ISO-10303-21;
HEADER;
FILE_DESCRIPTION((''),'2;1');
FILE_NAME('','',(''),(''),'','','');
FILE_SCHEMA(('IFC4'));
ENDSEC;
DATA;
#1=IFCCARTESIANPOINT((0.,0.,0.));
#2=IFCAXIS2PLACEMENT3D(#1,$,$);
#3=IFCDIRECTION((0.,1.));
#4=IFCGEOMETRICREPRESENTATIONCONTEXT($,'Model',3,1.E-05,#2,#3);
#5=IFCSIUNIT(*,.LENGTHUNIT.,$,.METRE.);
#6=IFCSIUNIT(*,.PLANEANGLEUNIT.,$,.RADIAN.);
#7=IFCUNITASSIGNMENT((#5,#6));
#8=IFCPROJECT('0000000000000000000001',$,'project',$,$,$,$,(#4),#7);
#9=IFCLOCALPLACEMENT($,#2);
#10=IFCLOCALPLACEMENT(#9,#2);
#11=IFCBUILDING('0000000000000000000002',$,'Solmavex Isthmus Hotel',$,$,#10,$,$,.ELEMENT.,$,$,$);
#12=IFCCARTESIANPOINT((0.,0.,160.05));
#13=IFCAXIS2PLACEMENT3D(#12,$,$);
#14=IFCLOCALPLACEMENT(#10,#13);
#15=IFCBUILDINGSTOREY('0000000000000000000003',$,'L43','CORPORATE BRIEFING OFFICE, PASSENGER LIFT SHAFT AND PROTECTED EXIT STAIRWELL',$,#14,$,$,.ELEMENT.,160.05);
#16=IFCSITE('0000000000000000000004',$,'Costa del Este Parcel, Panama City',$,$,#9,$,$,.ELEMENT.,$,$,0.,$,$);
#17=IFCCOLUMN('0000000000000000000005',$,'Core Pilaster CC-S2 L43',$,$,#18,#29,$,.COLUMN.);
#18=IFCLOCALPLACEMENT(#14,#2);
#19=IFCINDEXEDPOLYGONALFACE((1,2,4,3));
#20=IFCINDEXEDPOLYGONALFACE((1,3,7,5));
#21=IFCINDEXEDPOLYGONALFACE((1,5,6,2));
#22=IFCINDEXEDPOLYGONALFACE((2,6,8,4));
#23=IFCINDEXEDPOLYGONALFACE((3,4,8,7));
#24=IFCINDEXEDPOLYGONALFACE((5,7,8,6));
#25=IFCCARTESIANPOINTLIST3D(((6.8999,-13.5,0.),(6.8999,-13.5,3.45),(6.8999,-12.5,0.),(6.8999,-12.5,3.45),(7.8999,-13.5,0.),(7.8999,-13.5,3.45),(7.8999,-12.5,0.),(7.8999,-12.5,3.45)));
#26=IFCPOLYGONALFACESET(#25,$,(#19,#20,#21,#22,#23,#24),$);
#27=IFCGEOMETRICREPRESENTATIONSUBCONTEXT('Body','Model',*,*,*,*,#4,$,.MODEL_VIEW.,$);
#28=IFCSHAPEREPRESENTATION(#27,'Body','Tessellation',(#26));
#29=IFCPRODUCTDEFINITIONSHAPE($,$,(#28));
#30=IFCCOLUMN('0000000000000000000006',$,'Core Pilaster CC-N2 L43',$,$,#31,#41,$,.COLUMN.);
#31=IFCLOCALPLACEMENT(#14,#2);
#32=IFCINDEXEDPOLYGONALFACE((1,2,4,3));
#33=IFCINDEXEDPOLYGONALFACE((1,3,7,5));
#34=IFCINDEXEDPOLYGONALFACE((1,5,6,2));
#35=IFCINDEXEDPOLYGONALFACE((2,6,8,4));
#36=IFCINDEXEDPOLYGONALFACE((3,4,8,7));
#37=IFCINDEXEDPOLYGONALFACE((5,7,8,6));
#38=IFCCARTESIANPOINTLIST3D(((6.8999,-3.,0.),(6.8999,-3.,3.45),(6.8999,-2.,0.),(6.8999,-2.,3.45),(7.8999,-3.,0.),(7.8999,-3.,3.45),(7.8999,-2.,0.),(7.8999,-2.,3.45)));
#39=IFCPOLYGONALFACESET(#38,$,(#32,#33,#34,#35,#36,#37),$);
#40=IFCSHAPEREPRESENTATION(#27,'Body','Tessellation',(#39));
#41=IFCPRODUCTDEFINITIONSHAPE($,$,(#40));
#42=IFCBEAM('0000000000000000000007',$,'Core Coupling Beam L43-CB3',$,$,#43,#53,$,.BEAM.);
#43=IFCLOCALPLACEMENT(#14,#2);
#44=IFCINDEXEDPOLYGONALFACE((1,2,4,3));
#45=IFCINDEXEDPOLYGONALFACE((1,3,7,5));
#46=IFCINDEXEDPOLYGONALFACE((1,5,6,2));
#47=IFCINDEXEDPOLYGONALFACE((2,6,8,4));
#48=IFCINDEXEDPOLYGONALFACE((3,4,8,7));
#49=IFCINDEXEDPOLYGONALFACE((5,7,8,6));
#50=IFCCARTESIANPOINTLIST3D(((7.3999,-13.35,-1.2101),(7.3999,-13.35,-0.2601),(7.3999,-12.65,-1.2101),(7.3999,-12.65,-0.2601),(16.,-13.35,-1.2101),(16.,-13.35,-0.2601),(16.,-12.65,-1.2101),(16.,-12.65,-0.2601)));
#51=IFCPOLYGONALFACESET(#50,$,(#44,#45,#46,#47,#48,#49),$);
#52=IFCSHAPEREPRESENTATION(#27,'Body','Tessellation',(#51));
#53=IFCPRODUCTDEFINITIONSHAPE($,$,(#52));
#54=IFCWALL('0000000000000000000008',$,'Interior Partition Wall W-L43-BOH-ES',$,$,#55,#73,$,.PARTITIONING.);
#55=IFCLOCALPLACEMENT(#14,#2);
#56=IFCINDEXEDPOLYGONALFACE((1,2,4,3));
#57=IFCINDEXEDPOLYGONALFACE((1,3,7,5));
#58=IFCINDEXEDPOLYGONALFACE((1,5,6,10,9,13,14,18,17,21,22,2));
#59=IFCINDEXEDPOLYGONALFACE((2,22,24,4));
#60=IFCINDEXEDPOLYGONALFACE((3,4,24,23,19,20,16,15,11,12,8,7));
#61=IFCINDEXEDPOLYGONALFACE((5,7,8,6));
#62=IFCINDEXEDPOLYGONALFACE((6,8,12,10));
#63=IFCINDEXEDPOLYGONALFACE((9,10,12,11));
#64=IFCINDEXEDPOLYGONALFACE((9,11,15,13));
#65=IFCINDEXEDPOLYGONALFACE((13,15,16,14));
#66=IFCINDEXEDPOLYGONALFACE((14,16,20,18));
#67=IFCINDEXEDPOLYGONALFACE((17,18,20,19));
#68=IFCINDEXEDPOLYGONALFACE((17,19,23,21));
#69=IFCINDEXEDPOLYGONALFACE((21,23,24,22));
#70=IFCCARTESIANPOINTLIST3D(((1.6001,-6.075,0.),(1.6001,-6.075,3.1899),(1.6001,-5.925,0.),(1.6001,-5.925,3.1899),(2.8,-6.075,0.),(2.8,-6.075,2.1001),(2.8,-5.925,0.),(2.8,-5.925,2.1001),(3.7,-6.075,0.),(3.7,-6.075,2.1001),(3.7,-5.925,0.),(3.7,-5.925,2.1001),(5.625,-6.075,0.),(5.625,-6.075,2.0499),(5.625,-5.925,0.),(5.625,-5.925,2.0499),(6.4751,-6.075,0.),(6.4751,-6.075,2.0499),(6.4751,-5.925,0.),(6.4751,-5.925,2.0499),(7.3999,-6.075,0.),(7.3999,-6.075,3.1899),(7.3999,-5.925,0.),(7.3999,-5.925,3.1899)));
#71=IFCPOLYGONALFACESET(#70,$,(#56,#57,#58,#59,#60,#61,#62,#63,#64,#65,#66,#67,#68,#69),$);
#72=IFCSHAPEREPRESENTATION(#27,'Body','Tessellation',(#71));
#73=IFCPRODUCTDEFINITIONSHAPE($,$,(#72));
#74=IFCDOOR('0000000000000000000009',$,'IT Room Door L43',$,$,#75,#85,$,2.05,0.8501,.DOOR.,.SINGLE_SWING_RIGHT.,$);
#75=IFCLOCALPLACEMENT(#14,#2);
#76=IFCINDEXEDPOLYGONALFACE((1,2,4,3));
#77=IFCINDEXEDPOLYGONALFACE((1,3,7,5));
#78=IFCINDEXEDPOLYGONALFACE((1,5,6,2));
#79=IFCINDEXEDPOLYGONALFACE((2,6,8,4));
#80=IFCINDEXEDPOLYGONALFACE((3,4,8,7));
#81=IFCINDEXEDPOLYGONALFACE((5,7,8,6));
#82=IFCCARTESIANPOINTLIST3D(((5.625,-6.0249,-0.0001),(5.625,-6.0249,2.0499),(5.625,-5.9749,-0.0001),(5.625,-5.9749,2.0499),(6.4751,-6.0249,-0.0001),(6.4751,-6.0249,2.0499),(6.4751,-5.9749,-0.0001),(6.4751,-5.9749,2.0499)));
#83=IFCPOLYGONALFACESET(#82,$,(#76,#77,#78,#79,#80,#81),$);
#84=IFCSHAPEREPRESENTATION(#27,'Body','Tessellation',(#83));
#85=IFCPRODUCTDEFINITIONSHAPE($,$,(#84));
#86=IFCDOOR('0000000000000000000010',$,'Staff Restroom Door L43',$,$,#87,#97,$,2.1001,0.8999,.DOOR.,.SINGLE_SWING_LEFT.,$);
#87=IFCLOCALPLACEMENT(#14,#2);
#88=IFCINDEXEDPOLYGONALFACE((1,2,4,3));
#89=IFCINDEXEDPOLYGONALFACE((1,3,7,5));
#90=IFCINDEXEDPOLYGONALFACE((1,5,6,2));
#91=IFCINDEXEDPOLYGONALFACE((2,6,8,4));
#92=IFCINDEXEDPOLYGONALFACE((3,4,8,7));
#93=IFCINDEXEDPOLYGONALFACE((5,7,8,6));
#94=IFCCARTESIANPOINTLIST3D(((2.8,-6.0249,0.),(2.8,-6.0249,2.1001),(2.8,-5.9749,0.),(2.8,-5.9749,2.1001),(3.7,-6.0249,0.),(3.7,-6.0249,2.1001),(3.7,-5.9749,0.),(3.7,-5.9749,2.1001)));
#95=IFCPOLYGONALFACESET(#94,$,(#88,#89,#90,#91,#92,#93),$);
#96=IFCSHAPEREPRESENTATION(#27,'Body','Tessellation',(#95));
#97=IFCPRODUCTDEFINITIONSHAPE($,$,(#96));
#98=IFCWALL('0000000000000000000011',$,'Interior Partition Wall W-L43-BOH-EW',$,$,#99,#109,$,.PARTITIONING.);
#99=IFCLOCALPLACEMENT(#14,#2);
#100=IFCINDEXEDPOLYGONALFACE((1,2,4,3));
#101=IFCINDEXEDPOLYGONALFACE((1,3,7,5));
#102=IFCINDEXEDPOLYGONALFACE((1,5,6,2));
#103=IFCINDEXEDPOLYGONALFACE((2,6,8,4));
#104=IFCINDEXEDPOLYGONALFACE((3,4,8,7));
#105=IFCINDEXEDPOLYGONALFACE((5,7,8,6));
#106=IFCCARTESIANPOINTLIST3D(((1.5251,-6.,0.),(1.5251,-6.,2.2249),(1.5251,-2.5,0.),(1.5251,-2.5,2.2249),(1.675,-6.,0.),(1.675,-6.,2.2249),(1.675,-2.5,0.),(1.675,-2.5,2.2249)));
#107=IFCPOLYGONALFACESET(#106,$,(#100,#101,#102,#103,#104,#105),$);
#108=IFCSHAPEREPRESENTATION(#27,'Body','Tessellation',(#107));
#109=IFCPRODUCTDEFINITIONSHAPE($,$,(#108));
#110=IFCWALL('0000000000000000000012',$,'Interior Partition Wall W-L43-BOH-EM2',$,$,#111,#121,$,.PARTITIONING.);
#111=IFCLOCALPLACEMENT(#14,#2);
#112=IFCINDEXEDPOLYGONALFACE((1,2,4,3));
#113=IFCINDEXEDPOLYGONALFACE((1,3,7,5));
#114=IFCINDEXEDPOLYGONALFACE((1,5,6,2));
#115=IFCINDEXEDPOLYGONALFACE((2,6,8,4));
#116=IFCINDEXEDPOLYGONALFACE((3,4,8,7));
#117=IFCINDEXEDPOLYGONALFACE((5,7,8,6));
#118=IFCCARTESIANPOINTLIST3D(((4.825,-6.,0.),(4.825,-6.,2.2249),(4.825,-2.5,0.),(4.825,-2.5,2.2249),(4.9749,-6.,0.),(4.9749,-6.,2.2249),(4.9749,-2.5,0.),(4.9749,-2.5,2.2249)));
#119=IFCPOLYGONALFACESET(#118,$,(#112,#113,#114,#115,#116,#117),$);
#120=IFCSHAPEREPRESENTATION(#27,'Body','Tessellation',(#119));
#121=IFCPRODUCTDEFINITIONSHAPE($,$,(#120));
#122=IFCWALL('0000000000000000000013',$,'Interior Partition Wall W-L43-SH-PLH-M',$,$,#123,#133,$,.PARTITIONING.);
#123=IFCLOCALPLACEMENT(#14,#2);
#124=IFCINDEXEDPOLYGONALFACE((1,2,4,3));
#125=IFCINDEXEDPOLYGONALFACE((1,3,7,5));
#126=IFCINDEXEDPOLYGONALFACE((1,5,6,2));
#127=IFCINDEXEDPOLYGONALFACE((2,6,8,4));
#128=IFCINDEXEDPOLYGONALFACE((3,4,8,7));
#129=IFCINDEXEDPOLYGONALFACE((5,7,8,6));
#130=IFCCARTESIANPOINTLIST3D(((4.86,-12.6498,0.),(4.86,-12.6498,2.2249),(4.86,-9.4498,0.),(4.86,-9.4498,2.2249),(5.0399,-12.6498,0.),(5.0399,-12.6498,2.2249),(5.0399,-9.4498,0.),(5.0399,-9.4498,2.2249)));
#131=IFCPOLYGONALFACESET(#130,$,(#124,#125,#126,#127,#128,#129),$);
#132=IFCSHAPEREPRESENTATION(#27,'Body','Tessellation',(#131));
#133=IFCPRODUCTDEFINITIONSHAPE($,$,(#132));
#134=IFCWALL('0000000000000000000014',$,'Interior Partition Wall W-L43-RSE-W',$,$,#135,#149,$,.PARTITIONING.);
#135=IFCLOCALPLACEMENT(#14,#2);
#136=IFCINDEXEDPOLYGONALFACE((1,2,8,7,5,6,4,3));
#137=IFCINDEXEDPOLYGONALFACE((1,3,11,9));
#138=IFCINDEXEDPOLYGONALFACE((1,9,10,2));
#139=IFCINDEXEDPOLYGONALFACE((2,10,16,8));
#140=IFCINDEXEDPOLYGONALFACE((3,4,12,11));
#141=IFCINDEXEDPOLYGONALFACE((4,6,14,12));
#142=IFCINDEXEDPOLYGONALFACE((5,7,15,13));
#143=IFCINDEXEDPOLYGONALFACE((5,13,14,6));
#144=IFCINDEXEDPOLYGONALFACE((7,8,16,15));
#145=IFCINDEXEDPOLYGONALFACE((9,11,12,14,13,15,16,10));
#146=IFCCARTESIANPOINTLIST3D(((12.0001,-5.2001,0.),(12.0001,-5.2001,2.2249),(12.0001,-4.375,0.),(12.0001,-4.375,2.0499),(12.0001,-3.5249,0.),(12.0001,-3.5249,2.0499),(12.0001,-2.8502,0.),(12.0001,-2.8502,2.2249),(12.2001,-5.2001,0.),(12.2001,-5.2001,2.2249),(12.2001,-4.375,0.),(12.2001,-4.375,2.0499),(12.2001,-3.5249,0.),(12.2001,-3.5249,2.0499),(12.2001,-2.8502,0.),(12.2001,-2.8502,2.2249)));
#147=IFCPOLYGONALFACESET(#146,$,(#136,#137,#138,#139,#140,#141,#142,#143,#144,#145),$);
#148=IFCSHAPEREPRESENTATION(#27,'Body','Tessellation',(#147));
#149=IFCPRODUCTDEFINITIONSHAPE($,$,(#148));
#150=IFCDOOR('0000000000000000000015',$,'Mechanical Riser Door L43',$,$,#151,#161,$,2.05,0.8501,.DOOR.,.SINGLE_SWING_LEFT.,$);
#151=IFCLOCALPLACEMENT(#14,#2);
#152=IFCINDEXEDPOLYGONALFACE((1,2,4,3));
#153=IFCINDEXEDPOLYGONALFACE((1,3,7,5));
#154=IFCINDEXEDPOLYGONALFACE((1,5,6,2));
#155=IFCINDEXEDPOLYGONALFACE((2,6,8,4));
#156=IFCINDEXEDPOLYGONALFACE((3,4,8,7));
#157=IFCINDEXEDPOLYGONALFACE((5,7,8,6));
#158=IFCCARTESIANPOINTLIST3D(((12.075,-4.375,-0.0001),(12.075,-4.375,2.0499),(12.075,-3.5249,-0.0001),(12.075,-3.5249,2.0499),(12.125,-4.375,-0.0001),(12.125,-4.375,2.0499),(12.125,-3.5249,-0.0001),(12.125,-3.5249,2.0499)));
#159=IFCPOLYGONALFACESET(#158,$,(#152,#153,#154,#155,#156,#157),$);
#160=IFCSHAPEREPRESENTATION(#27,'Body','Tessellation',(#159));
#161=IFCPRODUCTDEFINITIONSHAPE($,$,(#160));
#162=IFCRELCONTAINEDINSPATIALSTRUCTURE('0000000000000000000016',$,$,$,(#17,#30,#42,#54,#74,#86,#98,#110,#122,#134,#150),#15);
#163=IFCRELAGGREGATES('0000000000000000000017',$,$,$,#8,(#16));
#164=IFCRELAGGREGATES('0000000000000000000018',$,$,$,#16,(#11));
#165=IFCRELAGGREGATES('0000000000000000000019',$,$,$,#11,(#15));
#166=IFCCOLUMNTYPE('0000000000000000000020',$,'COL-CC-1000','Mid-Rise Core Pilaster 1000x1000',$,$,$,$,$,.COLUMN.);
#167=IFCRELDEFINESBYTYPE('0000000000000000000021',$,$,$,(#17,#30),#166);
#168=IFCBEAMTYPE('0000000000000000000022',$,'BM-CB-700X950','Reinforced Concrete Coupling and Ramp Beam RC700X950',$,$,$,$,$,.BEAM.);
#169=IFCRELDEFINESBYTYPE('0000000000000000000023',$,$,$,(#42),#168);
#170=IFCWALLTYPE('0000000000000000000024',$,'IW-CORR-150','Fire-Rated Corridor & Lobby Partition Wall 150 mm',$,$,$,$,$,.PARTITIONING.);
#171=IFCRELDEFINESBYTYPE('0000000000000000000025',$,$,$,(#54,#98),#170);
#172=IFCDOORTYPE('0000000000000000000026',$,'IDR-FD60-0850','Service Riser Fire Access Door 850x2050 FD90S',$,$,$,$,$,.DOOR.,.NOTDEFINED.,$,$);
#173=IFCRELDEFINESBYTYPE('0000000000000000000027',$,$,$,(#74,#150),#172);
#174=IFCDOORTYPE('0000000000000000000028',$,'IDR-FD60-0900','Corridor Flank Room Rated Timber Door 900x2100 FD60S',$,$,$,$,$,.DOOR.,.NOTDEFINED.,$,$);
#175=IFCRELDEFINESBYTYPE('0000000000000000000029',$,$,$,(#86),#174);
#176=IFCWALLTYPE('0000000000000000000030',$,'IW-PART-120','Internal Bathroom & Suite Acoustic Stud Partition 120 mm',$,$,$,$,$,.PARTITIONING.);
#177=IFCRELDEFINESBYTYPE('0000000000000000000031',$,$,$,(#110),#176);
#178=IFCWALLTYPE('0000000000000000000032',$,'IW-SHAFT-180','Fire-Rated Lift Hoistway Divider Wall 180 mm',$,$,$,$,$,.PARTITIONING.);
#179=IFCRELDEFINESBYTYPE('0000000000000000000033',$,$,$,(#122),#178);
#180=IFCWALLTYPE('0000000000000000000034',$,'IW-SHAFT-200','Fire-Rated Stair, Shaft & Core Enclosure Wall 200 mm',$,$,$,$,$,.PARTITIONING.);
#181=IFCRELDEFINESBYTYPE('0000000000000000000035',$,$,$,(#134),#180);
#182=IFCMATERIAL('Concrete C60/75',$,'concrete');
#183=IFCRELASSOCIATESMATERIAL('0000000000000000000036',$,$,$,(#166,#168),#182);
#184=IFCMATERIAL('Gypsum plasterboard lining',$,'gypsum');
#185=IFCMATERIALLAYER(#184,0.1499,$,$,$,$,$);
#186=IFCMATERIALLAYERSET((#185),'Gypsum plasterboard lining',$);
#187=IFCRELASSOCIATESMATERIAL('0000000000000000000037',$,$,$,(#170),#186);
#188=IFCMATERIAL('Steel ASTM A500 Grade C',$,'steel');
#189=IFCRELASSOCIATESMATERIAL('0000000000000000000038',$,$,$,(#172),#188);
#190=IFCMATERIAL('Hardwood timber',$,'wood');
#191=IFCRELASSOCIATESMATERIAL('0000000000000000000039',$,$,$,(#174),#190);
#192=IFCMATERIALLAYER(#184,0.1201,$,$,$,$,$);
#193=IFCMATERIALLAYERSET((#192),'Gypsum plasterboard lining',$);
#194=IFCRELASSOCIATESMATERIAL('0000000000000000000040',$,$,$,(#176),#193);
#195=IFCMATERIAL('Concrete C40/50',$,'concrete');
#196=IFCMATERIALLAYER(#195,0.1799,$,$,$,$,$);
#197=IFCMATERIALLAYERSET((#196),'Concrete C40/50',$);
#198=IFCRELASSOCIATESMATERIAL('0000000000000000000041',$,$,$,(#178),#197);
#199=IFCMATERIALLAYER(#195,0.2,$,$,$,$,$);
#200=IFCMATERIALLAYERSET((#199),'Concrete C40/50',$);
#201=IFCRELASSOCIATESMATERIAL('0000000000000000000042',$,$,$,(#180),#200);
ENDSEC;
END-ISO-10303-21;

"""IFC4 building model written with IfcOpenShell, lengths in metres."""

from ifc_helpers import new_model, si_unit, direction, frame, frame_2d, origin, origin_2d, place, context, subcontext, project, spatial, rectangle, extrude, material, layer, layer_set, material_profile, profile_set, type_object, element, fill, save


model = new_model("IFC4")

# Units and contexts
model_context = context("Model", 3, precision=1e-05, world=origin(), true_north=direction((0.0, 1.0)))
body_context = subcontext(model_context, "Body", "Model", "MODEL_VIEW")
ifc_project = project(units=[si_unit("LENGTHUNIT", "METRE"), si_unit("PLANEANGLEUNIT", "RADIAN")], contexts=[model_context])

# Site, building, storey
site_placement = place(None, origin())
site = spatial("IfcSite", under=ifc_project, at=site_placement, Name="Costa del Este Parcel, Panama City", CompositionType="ELEMENT", RefElevation=0.0)
building_placement = place(site_placement, origin())
building = spatial("IfcBuilding", under=site, at=building_placement, Name="Solmavex Isthmus Hotel", CompositionType="ELEMENT")
storey_placement = place(building_placement, frame((0.0, 0.0, 160.05)))
storey = spatial("IfcBuildingStorey", under=building, at=storey_placement, Name="L43", Description="CORPORATE BRIEFING OFFICE, PASSENGER LIFT SHAFT AND PROTECTED EXIT STAIRWELL", CompositionType="ELEMENT", Elevation=160.05)

# Columns
ifc_material_1 = material(Name="Concrete C60/75", Category="concrete")
ifc_material_profile_1 = material_profile(ifc_material_1, rectangle(XDim=1.0, YDim=1.0, at=origin_2d()), Name="RC1000X1000")
ifc_profile_set_1 = profile_set([ifc_material_profile_1], Name="Concrete C60/75")
column_type = type_object("IfcColumnType", Name="COL-CC-1000", Description="Mid-Rise Core Pilaster 1000x1000", PredefinedType="COLUMN", material=ifc_profile_set_1)
for number, where, z_axis, x_axis, name in (
    (1, (7.3999, -13.0, 0.0), (0.0, 0.0, 1.0), (1.0, 0.0, 0.0), "Core Pilaster CC-S2 L43"),
    (2, (7.3999, -2.5, 0.0), (0.0, 0.0, 1.0), (1.0, 0.0, 0.0), "Core Pilaster CC-N2 L43"),
):
    element("IfcColumn", number, at=place(storey_placement, frame(where, z_axis=z_axis, x_axis=x_axis)), inside=storey, type_object=column_type, Name=name, PredefinedType="COLUMN", context=body_context, shape_type="SweptSolid", body=[
        extrude(rectangle(XDim=1.0, YDim=1.0, at=origin_2d()), origin(), (0.0, 0.0, 1.0), 3.45),
    ])

# Beam
ifc_material_profile_2 = material_profile(ifc_material_1, rectangle(XDim=0.7, YDim=0.95, at=origin_2d()), Name="RC700X950")
ifc_profile_set_2 = profile_set([ifc_material_profile_2], Name="Concrete C60/75")
beam_type = type_object("IfcBeamType", Name="BM-CB-700X950", Description="Reinforced Concrete Coupling and Ramp Beam RC700X950", PredefinedType="BEAM", material=ifc_profile_set_2)
beam_placement = place(storey_placement, frame((7.3999, -13.0, -0.7351), z_axis=(1.0, 0.0, 0.0), x_axis=(0.0, 1.0, 0.0)))
element("IfcBeam", 3, at=beam_placement, inside=storey, type_object=beam_type, Name="Core Coupling Beam L43-CB3", PredefinedType="BEAM", context=body_context, shape_type="SweptSolid", body=[
    extrude(rectangle(XDim=0.7, YDim=0.95, at=origin_2d()), origin(), (0.0, 0.0, 1.0), 8.6001),
])

# Wall, openings, doors
ifc_material_2 = material(Name="Gypsum plasterboard lining", Category="gypsum")
ifc_layer_1 = layer(ifc_material_2, 0.1499)
ifc_layer_set_1 = layer_set([ifc_layer_1], Name="Gypsum plasterboard lining")
wall_type_1 = type_object("IfcWallType", Name="IW-CORR-150", Description="Fire-Rated Corridor & Lobby Partition Wall 150 mm", PredefinedType="PARTITIONING", material=ifc_layer_set_1)
wall_1_placement = place(storey_placement, frame((1.6001, -6.0, 0.0), z_axis=(0.0, 0.0, 1.0), x_axis=(1.0, 0.0, 0.0)))
wall_1 = element("IfcWall", 4, at=wall_1_placement, inside=storey, type_object=wall_type_1, Name="Interior Partition Wall W-L43-BOH-ES", PredefinedType="PARTITIONING", context=body_context, shape_type="SweptSolid", body=[
    extrude(rectangle(XDim=5.7998, YDim=0.1499, at=frame_2d((2.8999, 0.0))), origin(), (0.0, 0.0, 1.0), 3.1899),
])
opening_1_placement = place(wall_1_placement, frame((1.2, 0.0, 0.0)))
opening_1 = element("IfcOpeningElement", 5, at=opening_1_placement, cuts=wall_1, PredefinedType="OPENING", context=body_context, shape_type="SweptSolid", body=[
    extrude(rectangle(XDim=0.8999, YDim=2.1001, at=frame_2d((0.45, 1.05))), frame((0.0, 0.085, 0.0), z_axis=(0.0, -1.0, 0.0), x_axis=(1.0, 0.0, 0.0)), (0.0, 0.0, 1.0), 0.1699),
])
opening_2_placement = place(wall_1_placement, frame((4.0249, 0.0, 0.0)))
opening_2 = element("IfcOpeningElement", 6, at=opening_2_placement, cuts=wall_1, PredefinedType="OPENING", context=body_context, shape_type="SweptSolid", body=[
    extrude(rectangle(XDim=0.8501, YDim=2.05, at=frame_2d((0.425, 1.0249))), frame((0.0, 0.085, 0.0), z_axis=(0.0, -1.0, 0.0), x_axis=(1.0, 0.0, 0.0)), (0.0, 0.0, 1.0), 0.1699),
])
ifc_material_3 = material(Name="Steel ASTM A500 Grade C", Category="steel")
door_type_1 = type_object("IfcDoorType", Name="IDR-FD60-0850", Description="Service Riser Fire Access Door 850x2050 FD90S", OperationType="NOTDEFINED", PredefinedType="DOOR", material=ifc_material_3)
door_1_placement = place(opening_2_placement, frame((0.8501, 0.0, 0.0), z_axis=(0.0, 0.0, 1.0), x_axis=(-1.0, 0.0, 0.0)))
door_1 = element("IfcDoor", 7, at=door_1_placement, inside=storey, type_object=door_type_1, Name="IT Room Door L43", OperationType="SINGLE_SWING_RIGHT", OverallHeight=2.05, OverallWidth=0.8501, PredefinedType="DOOR", context=body_context, shape_type="SweptSolid", body=[
    extrude(rectangle(XDim=0.8501, YDim=2.05, at=frame_2d((0.425, 1.0249))), frame((0.0, 0.0249, 0.0), z_axis=(0.0, -1.0, 0.0), x_axis=(1.0, 0.0, 0.0)), (0.0, 0.0, 1.0), 0.05),
])
fill(opening_2, door_1)
ifc_material_4 = material(Name="Hardwood timber", Category="wood")
door_type_2 = type_object("IfcDoorType", Name="IDR-FD60-0900", Description="Corridor Flank Room Rated Timber Door 900x2100 FD60S", OperationType="NOTDEFINED", PredefinedType="DOOR", material=ifc_material_4)
door_2_placement = place(opening_1_placement, frame((0.8999, 0.0, 0.0), z_axis=(0.0, 0.0, 1.0), x_axis=(-1.0, 0.0, 0.0)))
door_2 = element("IfcDoor", 8, at=door_2_placement, inside=storey, type_object=door_type_2, Name="Staff Restroom Door L43", OperationType="SINGLE_SWING_LEFT", OverallHeight=2.1001, OverallWidth=0.8999, PredefinedType="DOOR", context=body_context, shape_type="SweptSolid", body=[
    extrude(rectangle(XDim=0.8999, YDim=2.1001, at=frame_2d((0.45, 1.05))), frame((0.0, 0.0249, 0.0), z_axis=(0.0, -1.0, 0.0), x_axis=(1.0, 0.0, 0.0)), (0.0, 0.0, 1.0), 0.05),
])
fill(opening_1, door_2)

# Walls
wall_2_placement = place(storey_placement, frame((1.6001, -6.0, 0.0), z_axis=(0.0, 0.0, 1.0), x_axis=(0.0, 1.0, 0.0)))
element("IfcWall", 9, at=wall_2_placement, inside=storey, type_object=wall_type_1, Name="Interior Partition Wall W-L43-BOH-EW", PredefinedType="PARTITIONING", context=body_context, shape_type="SweptSolid", body=[
    extrude(rectangle(XDim=3.5, YDim=0.1499, at=frame_2d((1.75, 0.0))), origin(), (0.0, 0.0, 1.0), 2.2249),
])
ifc_layer_2 = layer(ifc_material_2, 0.1201)
ifc_layer_set_2 = layer_set([ifc_layer_2], Name="Gypsum plasterboard lining")
wall_type_2 = type_object("IfcWallType", Name="IW-PART-120", Description="Internal Bathroom & Suite Acoustic Stud Partition 120 mm", PredefinedType="PARTITIONING", material=ifc_layer_set_2)
wall_3_placement = place(storey_placement, frame((4.8999, -6.0, 0.0), z_axis=(0.0, 0.0, 1.0), x_axis=(0.0, 1.0, 0.0)))
element("IfcWall", 10, at=wall_3_placement, inside=storey, type_object=wall_type_2, Name="Interior Partition Wall W-L43-BOH-EM2", PredefinedType="PARTITIONING", context=body_context, shape_type="SweptSolid", body=[
    extrude(rectangle(XDim=3.5, YDim=0.1499, at=frame_2d((1.75, 0.0))), origin(), (0.0, 0.0, 1.0), 2.2249),
])
ifc_material_5 = material(Name="Concrete C40/50", Category="concrete")
ifc_layer_3 = layer(ifc_material_5, 0.1799)
ifc_layer_set_3 = layer_set([ifc_layer_3], Name="Concrete C40/50")
wall_type_3 = type_object("IfcWallType", Name="IW-SHAFT-180", Description="Fire-Rated Lift Hoistway Divider Wall 180 mm", PredefinedType="PARTITIONING", material=ifc_layer_set_3)
wall_4_placement = place(storey_placement, frame((4.95, -12.6499, 0.0), z_axis=(0.0, 0.0, 1.0), x_axis=(0.0, 1.0, 0.0)))
element("IfcWall", 11, at=wall_4_placement, inside=storey, type_object=wall_type_3, Name="Interior Partition Wall W-L43-SH-PLH-M", PredefinedType="PARTITIONING", context=body_context, shape_type="SweptSolid", body=[
    extrude(rectangle(XDim=3.2, YDim=0.1799, at=frame_2d((1.6001, 0.0))), origin(), (0.0, 0.0, 1.0), 2.2249),
])

# Wall, opening, door
ifc_layer_4 = layer(ifc_material_5, 0.2)
ifc_layer_set_4 = layer_set([ifc_layer_4], Name="Concrete C40/50")
wall_type_4 = type_object("IfcWallType", Name="IW-SHAFT-200", Description="Fire-Rated Stair, Shaft & Core Enclosure Wall 200 mm", PredefinedType="PARTITIONING", material=ifc_layer_set_4)
wall_5_placement = place(storey_placement, frame((12.1001, -5.2, 0.0), z_axis=(0.0, 0.0, 1.0), x_axis=(0.0, 1.0, 0.0)))
wall_5 = element("IfcWall", 12, at=wall_5_placement, inside=storey, type_object=wall_type_4, Name="Interior Partition Wall W-L43-RSE-W", PredefinedType="PARTITIONING", context=body_context, shape_type="SweptSolid", body=[
    extrude(rectangle(XDim=2.3499, YDim=0.2, at=frame_2d((1.1748, 0.0))), origin(), (0.0, 0.0, 1.0), 2.2249),
])
opening_3_placement = place(wall_5_placement, frame((0.825, 0.0, 0.0)))
opening_3 = element("IfcOpeningElement", 13, at=opening_3_placement, cuts=wall_5, PredefinedType="OPENING", context=body_context, shape_type="SweptSolid", body=[
    extrude(rectangle(XDim=0.8501, YDim=2.05, at=frame_2d((0.425, 1.0249))), frame((0.0, 0.1099, 0.0), z_axis=(0.0, -1.0, 0.0), x_axis=(1.0, 0.0, 0.0)), (0.0, 0.0, 1.0), 0.22),
])
door_3_placement = place(opening_3_placement, frame((0.8501, 0.0, 0.0), z_axis=(0.0, 0.0, 1.0), x_axis=(-1.0, 0.0, 0.0)))
door_3 = element("IfcDoor", 14, at=door_3_placement, inside=storey, type_object=door_type_1, Name="Mechanical Riser Door L43", OperationType="SINGLE_SWING_LEFT", OverallHeight=2.05, OverallWidth=0.8501, PredefinedType="DOOR", context=body_context, shape_type="SweptSolid", body=[
    extrude(rectangle(XDim=0.8501, YDim=2.05, at=frame_2d((0.425, 1.0249))), frame((0.0, 0.0249, 0.0), z_axis=(0.0, -1.0, 0.0), x_axis=(1.0, 0.0, 0.0)), (0.0, 0.0, 1.0), 0.05),
])
fill(opening_3, door_3)

save(model, "model.ifc")
